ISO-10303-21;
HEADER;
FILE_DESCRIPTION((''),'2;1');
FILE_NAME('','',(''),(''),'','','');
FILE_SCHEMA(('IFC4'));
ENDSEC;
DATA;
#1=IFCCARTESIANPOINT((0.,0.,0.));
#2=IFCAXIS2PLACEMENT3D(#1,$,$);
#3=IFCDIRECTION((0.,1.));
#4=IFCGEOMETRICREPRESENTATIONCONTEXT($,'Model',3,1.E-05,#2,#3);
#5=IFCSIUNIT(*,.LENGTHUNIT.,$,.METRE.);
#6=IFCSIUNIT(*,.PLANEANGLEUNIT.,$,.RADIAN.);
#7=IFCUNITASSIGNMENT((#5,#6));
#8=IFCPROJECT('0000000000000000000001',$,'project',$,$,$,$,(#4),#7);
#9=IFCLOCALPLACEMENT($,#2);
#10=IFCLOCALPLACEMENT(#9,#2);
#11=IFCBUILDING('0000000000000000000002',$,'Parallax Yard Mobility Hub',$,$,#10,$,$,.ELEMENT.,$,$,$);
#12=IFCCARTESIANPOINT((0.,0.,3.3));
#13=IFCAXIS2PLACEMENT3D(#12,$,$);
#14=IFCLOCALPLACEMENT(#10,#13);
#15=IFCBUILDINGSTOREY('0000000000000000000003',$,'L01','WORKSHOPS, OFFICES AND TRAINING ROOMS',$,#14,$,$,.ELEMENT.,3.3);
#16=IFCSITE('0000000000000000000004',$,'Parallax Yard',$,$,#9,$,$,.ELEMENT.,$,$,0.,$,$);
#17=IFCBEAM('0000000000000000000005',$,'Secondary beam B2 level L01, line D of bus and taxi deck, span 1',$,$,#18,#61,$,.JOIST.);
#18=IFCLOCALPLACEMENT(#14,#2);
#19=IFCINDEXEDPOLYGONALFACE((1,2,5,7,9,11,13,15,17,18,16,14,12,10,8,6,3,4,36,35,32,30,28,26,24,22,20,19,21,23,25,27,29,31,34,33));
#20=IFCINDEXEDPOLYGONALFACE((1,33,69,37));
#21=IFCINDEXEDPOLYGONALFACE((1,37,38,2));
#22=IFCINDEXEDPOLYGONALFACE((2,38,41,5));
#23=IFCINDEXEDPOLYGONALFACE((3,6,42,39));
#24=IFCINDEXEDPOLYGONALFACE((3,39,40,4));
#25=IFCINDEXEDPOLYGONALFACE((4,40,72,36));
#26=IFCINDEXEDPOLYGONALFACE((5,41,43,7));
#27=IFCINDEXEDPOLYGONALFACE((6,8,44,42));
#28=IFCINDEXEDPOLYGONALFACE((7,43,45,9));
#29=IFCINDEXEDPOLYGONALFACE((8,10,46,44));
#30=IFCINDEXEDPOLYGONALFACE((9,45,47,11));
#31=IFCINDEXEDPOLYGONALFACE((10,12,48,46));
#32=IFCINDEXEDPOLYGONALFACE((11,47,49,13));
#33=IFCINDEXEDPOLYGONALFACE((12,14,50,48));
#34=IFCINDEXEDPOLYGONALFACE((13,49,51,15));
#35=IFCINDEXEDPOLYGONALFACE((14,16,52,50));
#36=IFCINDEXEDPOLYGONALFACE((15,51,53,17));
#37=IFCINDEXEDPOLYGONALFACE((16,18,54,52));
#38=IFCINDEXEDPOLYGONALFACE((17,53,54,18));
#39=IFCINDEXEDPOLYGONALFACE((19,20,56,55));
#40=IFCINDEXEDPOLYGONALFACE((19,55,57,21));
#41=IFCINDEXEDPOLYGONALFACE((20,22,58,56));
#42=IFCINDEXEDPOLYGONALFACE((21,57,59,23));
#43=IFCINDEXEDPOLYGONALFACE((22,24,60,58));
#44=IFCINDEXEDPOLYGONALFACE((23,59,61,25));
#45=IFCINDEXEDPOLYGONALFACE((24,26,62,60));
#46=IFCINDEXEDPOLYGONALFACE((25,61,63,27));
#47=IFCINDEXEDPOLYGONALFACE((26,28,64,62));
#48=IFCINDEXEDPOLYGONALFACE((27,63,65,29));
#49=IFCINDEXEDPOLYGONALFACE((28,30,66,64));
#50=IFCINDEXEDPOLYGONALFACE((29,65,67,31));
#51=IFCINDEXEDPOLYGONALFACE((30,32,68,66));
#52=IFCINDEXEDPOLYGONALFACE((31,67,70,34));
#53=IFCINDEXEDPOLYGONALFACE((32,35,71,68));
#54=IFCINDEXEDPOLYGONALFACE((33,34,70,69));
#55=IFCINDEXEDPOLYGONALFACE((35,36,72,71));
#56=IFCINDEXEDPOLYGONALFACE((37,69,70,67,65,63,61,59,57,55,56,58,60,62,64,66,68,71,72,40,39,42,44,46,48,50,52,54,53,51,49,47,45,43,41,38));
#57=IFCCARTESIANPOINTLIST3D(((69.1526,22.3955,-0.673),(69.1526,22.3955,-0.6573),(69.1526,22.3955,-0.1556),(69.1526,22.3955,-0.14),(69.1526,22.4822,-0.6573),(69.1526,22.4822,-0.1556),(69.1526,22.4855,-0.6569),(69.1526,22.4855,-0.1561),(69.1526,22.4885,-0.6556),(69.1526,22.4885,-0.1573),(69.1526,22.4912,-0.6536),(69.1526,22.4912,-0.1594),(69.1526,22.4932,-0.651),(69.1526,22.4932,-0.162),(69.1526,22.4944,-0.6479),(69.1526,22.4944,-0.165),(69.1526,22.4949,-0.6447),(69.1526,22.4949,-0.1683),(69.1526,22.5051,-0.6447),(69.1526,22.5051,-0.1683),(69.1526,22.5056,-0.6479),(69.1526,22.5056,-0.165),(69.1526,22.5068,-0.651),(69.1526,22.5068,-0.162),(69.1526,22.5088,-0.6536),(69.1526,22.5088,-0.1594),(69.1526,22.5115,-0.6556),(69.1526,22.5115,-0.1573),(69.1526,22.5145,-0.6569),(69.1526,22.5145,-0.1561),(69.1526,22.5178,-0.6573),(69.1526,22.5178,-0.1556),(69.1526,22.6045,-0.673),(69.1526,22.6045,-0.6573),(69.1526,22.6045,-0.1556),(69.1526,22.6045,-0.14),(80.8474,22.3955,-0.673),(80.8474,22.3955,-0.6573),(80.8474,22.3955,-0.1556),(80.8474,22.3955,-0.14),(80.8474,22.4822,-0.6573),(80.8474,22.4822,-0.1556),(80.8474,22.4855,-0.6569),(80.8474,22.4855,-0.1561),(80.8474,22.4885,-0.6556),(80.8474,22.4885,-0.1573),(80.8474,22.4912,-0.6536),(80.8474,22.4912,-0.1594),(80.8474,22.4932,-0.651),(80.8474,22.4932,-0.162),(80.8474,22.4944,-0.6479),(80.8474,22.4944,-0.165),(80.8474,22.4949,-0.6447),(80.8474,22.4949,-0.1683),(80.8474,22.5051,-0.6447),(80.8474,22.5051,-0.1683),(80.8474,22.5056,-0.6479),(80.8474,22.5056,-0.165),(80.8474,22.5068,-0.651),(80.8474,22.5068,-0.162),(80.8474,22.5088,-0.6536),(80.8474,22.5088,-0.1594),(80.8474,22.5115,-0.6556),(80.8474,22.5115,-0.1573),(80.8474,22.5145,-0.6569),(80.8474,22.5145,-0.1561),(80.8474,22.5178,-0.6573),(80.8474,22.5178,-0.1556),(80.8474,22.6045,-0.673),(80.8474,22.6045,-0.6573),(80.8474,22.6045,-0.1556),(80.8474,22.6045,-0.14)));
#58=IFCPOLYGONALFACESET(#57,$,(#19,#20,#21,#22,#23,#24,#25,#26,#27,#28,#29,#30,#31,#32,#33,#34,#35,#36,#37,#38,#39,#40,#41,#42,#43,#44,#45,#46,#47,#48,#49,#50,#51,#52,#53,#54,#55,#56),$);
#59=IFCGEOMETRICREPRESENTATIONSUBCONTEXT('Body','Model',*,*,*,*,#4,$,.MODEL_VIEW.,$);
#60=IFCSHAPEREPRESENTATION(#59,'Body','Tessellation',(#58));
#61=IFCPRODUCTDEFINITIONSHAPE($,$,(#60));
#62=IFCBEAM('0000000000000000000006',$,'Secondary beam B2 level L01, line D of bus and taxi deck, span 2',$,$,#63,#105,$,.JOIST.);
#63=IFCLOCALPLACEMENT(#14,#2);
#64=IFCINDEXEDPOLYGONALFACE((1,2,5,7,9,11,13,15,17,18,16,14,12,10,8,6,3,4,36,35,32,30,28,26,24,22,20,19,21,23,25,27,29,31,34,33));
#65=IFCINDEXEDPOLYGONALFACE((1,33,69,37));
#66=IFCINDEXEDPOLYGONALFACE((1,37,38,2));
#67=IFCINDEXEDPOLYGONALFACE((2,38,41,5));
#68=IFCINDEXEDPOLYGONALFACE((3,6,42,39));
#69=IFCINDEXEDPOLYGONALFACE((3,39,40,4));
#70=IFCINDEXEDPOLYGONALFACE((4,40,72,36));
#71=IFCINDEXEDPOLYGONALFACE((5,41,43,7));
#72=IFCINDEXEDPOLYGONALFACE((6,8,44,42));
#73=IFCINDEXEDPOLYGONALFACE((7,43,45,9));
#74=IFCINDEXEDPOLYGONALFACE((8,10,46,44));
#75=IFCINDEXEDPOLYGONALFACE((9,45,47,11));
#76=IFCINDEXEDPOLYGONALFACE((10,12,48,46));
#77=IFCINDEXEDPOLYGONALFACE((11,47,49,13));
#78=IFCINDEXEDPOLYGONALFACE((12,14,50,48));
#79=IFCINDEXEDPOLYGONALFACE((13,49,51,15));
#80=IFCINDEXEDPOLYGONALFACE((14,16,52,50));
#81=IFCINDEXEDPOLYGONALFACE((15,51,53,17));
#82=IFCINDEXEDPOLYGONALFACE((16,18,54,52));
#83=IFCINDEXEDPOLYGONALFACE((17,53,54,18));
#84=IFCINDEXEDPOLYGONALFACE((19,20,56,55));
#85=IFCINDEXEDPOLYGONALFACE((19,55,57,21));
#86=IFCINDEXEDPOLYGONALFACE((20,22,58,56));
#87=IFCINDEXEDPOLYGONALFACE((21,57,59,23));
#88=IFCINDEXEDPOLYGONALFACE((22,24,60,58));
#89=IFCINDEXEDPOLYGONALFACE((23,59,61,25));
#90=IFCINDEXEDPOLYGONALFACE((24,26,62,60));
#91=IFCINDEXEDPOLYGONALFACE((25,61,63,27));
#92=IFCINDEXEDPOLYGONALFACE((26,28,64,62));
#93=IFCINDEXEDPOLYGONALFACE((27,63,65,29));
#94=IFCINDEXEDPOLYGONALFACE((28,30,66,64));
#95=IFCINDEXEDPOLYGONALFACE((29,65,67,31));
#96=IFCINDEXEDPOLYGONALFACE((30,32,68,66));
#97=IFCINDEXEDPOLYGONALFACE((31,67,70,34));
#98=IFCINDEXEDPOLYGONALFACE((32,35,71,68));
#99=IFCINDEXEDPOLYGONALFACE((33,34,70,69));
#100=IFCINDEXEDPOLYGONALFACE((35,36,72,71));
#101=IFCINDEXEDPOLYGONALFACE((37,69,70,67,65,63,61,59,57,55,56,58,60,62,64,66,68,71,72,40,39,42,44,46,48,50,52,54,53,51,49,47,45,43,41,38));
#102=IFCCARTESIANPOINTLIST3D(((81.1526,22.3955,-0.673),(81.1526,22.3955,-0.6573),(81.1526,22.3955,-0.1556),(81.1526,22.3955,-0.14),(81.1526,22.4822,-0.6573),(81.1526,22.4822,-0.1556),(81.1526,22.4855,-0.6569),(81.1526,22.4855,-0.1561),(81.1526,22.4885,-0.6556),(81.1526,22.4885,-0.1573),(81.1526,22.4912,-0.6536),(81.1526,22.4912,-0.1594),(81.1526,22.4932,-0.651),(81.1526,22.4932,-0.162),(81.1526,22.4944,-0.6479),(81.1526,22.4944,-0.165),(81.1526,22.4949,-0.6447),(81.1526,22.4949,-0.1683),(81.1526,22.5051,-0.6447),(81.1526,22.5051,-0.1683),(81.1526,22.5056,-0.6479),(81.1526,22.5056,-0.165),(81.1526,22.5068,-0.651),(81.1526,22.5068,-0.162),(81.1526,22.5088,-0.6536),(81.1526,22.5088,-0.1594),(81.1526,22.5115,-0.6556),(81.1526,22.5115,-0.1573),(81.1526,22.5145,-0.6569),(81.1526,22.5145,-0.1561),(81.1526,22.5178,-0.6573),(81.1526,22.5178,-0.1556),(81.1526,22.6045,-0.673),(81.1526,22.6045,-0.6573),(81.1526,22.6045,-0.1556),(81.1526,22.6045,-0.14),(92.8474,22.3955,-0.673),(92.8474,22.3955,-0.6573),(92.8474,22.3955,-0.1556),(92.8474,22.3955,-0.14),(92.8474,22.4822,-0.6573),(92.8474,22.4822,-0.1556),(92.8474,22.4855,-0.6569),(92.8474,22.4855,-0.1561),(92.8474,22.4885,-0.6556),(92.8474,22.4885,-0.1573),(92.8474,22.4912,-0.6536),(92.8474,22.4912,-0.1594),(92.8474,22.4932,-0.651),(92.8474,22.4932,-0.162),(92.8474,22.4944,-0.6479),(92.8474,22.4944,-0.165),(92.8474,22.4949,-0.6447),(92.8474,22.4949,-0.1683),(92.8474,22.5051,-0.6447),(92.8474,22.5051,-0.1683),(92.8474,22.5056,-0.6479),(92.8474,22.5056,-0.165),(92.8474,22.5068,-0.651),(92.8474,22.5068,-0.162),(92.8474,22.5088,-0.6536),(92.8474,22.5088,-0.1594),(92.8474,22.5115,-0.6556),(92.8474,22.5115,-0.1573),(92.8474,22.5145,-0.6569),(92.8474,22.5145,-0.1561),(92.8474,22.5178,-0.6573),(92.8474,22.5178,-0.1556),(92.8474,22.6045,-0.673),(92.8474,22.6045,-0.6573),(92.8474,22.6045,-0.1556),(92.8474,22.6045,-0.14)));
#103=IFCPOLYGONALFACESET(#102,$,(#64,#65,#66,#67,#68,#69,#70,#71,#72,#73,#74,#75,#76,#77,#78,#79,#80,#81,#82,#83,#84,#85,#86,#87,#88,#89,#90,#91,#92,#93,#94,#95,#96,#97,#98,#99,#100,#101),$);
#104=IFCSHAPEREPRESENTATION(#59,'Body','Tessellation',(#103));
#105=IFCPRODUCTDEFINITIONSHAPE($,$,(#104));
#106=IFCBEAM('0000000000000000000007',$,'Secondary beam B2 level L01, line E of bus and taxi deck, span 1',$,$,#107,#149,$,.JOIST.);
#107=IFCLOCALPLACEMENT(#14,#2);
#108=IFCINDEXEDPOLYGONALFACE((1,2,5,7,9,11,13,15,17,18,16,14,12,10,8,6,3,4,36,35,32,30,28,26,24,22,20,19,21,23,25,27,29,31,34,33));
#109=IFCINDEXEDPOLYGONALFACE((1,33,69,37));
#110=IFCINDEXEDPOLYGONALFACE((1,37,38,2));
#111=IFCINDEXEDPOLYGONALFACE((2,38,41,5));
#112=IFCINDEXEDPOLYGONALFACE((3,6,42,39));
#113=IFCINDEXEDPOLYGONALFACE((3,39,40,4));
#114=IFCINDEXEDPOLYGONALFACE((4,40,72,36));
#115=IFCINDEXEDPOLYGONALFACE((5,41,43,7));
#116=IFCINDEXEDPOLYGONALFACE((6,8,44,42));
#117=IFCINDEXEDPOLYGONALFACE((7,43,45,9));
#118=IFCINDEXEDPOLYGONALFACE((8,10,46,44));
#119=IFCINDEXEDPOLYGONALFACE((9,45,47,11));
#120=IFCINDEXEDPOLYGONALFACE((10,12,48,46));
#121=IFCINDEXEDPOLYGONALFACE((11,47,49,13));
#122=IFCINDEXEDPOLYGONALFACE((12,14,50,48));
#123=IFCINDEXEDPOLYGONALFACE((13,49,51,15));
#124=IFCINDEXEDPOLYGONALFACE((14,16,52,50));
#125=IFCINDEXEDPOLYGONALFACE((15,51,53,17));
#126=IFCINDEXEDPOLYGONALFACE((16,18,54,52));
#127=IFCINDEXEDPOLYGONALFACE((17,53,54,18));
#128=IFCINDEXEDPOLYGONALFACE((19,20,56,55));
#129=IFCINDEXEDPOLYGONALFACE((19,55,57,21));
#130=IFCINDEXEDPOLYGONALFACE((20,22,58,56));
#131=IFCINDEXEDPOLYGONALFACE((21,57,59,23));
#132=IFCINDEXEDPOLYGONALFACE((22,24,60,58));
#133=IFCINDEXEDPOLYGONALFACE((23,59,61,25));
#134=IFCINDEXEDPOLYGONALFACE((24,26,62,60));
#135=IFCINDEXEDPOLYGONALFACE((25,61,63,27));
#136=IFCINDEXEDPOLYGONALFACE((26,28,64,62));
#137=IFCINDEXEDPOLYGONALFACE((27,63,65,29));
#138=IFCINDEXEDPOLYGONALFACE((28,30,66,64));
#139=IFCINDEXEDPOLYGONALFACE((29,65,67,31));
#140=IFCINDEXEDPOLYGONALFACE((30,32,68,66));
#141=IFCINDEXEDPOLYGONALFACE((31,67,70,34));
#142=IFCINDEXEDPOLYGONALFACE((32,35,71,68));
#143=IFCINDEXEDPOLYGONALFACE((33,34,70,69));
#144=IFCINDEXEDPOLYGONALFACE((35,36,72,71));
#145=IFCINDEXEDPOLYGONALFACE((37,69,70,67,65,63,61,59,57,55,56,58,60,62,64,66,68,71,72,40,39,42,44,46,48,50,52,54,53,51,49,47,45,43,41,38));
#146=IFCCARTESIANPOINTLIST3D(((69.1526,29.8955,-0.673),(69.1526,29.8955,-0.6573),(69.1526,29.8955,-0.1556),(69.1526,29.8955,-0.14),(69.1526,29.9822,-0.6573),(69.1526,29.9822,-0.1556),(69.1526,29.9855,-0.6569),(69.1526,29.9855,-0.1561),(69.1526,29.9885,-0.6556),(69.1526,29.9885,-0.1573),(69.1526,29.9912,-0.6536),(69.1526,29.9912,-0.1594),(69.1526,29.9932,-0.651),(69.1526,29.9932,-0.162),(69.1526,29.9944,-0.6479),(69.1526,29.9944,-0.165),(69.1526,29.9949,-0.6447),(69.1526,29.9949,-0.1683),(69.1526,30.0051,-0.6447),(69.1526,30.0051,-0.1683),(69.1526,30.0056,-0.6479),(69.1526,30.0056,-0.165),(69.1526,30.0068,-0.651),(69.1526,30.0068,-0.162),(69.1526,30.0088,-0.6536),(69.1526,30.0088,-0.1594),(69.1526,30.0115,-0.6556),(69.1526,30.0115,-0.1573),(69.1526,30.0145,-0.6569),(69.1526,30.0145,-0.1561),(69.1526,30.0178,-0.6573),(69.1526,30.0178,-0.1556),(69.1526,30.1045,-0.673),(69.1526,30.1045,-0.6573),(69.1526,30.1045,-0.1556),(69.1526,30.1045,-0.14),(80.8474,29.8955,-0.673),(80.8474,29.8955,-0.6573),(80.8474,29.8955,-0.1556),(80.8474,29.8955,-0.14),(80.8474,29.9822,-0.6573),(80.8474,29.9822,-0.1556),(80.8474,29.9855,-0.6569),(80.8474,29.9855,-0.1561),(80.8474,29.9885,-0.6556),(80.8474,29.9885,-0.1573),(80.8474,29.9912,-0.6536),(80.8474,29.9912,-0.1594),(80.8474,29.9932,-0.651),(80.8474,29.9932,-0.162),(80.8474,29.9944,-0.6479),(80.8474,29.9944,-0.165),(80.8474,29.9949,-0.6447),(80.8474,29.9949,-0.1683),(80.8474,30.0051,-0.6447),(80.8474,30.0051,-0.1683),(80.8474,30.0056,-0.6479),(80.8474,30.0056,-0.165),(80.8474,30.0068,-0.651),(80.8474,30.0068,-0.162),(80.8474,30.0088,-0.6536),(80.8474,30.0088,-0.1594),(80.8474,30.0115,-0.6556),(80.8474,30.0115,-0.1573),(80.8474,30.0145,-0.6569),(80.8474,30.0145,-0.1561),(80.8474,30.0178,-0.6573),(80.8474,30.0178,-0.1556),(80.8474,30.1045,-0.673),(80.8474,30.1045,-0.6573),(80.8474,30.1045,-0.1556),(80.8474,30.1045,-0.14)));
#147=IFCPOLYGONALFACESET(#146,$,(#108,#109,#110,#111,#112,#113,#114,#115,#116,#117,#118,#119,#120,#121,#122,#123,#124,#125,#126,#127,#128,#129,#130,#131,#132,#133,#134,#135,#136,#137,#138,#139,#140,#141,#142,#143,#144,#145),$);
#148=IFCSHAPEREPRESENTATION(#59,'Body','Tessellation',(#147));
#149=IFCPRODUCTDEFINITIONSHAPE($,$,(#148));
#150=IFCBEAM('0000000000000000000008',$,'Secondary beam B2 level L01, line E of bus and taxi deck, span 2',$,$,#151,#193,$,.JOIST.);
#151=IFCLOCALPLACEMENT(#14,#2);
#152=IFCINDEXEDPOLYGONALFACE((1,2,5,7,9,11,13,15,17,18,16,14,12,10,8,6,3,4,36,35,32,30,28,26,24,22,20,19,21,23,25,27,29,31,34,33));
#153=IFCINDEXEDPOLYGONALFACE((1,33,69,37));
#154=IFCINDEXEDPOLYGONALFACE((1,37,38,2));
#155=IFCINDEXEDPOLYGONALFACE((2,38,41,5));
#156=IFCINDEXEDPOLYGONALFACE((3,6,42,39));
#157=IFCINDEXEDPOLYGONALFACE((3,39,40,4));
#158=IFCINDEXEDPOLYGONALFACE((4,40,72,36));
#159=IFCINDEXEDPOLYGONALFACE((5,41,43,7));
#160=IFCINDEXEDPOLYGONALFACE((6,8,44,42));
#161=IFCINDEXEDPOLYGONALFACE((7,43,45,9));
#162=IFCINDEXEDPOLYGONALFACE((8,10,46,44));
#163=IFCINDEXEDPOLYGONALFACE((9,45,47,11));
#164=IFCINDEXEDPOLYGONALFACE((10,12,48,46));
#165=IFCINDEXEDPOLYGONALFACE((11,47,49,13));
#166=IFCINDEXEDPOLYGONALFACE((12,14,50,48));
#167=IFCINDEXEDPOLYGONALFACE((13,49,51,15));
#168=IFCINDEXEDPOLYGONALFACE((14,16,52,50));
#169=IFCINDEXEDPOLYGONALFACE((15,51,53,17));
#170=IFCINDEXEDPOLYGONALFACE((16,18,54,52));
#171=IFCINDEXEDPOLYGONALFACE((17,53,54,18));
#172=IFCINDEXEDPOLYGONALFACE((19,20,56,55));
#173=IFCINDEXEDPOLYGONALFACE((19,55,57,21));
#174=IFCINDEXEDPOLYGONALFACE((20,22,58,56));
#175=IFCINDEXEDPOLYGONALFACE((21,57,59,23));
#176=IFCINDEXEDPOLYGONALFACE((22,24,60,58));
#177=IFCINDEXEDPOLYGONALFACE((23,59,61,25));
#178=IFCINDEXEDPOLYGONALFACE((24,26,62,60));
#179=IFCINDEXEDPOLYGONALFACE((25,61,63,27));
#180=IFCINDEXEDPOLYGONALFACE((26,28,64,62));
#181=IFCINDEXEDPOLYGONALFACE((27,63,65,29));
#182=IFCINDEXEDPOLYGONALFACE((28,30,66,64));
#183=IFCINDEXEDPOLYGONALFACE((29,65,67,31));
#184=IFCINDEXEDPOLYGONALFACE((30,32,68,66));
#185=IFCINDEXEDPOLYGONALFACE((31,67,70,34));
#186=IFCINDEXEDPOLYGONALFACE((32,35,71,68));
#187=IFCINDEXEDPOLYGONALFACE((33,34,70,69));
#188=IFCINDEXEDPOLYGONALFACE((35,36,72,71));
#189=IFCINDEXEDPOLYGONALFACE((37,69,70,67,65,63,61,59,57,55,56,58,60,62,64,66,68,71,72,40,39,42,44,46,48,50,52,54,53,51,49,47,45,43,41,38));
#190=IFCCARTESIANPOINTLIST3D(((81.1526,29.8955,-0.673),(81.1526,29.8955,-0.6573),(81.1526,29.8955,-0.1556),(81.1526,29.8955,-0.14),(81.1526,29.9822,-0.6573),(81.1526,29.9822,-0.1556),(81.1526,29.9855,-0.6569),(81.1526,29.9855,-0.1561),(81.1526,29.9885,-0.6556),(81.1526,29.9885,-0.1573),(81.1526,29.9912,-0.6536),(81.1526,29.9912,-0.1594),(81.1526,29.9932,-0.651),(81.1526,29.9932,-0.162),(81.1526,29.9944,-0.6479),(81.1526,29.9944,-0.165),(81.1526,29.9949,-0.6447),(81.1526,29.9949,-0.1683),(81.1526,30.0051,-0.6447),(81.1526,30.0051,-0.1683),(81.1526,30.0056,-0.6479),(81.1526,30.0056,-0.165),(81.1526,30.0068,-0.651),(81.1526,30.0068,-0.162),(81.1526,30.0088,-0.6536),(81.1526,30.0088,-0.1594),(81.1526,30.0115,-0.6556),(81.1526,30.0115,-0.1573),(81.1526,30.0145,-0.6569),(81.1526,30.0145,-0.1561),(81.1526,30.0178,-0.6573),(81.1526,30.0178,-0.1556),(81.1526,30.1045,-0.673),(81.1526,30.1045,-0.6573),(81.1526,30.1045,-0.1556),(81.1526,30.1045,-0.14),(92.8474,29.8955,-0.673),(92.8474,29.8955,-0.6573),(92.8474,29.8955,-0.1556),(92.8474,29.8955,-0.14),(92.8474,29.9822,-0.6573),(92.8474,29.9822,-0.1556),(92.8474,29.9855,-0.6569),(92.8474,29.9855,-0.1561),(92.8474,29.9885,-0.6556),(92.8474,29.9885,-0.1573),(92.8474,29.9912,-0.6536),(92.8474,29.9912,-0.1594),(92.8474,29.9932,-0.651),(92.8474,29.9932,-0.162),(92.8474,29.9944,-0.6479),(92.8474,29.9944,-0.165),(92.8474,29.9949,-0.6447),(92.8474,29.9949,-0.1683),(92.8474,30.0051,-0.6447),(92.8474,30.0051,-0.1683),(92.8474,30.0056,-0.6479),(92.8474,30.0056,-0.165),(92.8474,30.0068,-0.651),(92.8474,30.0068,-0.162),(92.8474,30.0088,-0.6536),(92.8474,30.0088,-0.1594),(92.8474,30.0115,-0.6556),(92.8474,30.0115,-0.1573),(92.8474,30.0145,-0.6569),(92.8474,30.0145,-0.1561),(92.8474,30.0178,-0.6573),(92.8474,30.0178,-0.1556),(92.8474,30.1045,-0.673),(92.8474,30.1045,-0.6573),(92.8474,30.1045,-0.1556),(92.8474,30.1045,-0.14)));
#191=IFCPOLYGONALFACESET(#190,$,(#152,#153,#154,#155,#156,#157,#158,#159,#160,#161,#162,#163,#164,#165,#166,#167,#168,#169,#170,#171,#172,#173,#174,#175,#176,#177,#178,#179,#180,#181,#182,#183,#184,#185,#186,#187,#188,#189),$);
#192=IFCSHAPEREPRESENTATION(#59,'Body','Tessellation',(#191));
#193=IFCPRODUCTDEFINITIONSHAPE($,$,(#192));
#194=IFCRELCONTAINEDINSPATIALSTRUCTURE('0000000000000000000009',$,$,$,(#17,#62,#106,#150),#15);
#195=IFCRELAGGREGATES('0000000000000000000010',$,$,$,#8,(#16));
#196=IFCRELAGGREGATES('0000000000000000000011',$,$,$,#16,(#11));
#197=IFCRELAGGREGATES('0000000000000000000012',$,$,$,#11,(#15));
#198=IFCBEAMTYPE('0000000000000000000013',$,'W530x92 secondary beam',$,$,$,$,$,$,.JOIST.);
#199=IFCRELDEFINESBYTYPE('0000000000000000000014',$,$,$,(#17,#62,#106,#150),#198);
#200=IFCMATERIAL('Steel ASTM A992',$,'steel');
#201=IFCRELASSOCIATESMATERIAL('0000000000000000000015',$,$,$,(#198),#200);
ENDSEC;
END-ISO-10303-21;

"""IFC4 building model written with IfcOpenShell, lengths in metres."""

from ifc_helpers import new_model, si_unit, direction, frame, origin, origin_2d, place, context, subcontext, project, spatial, i_section, extrude, material, material_profile, profile_set, type_object, element, save


model = new_model("IFC4")

# Units and contexts
model_context = context("Model", 3, precision=1e-05, world=origin(), true_north=direction((0.0, 1.0)))
body_context = subcontext(model_context, "Body", "Model", "MODEL_VIEW")
ifc_project = project(units=[si_unit("LENGTHUNIT", "METRE"), si_unit("PLANEANGLEUNIT", "RADIAN")], contexts=[model_context])

# Site, building, storey
site_placement = place(None, origin())
site = spatial("IfcSite", under=ifc_project, at=site_placement, Name="Parallax Yard", CompositionType="ELEMENT", RefElevation=0.0)
building_placement = place(site_placement, origin())
building = spatial("IfcBuilding", under=site, at=building_placement, Name="Parallax Yard Mobility Hub", CompositionType="ELEMENT")
storey_placement = place(building_placement, frame((0.0, 0.0, 3.3)))
storey = spatial("IfcBuildingStorey", under=building, at=storey_placement, Name="L01", Description="WORKSHOPS, OFFICES AND TRAINING ROOMS", CompositionType="ELEMENT", Elevation=3.3)

# Beams
ifc_material_1 = material(Name="Steel ASTM A992", Category="steel")
ifc_material_profile_1 = material_profile(ifc_material_1, i_section(OverallWidth=0.209, OverallDepth=0.533, WebThickness=0.0103, FlangeThickness=0.0156, FilletRadius=0.0127, at=origin_2d()), Name="W530x92")
ifc_profile_set_1 = profile_set([ifc_material_profile_1], Name="Steel ASTM A992")
beam_type_1 = type_object("IfcBeamType", Name="W530x92 secondary beam", PredefinedType="JOIST", material=ifc_profile_set_1)
for number, where, z_axis, x_axis, name in (
    (1, (69.1526, 22.5, -0.4065), (1.0, 0.0, 0.0), (0.0, 1.0, 0.0), "Secondary beam B2 level L01, line D of bus and taxi deck, span 1"),
    (2, (81.1526, 22.5, -0.4065), (1.0, 0.0, 0.0), (0.0, 1.0, 0.0), "Secondary beam B2 level L01, line D of bus and taxi deck, span 2"),
    (3, (69.1526, 30.0, -0.4065), (1.0, 0.0, 0.0), (0.0, 1.0, 0.0), "Secondary beam B2 level L01, line E of bus and taxi deck, span 1"),
    (4, (81.1526, 30.0, -0.4065), (1.0, 0.0, 0.0), (0.0, 1.0, 0.0), "Secondary beam B2 level L01, line E of bus and taxi deck, span 2"),
):
    element("IfcBeam", number, at=place(storey_placement, frame(where, z_axis=z_axis, x_axis=x_axis)), inside=storey, type_object=beam_type_1, Name=name, PredefinedType="JOIST", context=body_context, shape_type="SweptSolid", body=[
        extrude(i_section(OverallWidth=0.209, OverallDepth=0.533, WebThickness=0.0103, FlangeThickness=0.0156, FilletRadius=0.0127, at=origin_2d()), origin(), (0.0, 0.0, 1.0), 11.6948),
    ])

save(model, "model.ifc")
